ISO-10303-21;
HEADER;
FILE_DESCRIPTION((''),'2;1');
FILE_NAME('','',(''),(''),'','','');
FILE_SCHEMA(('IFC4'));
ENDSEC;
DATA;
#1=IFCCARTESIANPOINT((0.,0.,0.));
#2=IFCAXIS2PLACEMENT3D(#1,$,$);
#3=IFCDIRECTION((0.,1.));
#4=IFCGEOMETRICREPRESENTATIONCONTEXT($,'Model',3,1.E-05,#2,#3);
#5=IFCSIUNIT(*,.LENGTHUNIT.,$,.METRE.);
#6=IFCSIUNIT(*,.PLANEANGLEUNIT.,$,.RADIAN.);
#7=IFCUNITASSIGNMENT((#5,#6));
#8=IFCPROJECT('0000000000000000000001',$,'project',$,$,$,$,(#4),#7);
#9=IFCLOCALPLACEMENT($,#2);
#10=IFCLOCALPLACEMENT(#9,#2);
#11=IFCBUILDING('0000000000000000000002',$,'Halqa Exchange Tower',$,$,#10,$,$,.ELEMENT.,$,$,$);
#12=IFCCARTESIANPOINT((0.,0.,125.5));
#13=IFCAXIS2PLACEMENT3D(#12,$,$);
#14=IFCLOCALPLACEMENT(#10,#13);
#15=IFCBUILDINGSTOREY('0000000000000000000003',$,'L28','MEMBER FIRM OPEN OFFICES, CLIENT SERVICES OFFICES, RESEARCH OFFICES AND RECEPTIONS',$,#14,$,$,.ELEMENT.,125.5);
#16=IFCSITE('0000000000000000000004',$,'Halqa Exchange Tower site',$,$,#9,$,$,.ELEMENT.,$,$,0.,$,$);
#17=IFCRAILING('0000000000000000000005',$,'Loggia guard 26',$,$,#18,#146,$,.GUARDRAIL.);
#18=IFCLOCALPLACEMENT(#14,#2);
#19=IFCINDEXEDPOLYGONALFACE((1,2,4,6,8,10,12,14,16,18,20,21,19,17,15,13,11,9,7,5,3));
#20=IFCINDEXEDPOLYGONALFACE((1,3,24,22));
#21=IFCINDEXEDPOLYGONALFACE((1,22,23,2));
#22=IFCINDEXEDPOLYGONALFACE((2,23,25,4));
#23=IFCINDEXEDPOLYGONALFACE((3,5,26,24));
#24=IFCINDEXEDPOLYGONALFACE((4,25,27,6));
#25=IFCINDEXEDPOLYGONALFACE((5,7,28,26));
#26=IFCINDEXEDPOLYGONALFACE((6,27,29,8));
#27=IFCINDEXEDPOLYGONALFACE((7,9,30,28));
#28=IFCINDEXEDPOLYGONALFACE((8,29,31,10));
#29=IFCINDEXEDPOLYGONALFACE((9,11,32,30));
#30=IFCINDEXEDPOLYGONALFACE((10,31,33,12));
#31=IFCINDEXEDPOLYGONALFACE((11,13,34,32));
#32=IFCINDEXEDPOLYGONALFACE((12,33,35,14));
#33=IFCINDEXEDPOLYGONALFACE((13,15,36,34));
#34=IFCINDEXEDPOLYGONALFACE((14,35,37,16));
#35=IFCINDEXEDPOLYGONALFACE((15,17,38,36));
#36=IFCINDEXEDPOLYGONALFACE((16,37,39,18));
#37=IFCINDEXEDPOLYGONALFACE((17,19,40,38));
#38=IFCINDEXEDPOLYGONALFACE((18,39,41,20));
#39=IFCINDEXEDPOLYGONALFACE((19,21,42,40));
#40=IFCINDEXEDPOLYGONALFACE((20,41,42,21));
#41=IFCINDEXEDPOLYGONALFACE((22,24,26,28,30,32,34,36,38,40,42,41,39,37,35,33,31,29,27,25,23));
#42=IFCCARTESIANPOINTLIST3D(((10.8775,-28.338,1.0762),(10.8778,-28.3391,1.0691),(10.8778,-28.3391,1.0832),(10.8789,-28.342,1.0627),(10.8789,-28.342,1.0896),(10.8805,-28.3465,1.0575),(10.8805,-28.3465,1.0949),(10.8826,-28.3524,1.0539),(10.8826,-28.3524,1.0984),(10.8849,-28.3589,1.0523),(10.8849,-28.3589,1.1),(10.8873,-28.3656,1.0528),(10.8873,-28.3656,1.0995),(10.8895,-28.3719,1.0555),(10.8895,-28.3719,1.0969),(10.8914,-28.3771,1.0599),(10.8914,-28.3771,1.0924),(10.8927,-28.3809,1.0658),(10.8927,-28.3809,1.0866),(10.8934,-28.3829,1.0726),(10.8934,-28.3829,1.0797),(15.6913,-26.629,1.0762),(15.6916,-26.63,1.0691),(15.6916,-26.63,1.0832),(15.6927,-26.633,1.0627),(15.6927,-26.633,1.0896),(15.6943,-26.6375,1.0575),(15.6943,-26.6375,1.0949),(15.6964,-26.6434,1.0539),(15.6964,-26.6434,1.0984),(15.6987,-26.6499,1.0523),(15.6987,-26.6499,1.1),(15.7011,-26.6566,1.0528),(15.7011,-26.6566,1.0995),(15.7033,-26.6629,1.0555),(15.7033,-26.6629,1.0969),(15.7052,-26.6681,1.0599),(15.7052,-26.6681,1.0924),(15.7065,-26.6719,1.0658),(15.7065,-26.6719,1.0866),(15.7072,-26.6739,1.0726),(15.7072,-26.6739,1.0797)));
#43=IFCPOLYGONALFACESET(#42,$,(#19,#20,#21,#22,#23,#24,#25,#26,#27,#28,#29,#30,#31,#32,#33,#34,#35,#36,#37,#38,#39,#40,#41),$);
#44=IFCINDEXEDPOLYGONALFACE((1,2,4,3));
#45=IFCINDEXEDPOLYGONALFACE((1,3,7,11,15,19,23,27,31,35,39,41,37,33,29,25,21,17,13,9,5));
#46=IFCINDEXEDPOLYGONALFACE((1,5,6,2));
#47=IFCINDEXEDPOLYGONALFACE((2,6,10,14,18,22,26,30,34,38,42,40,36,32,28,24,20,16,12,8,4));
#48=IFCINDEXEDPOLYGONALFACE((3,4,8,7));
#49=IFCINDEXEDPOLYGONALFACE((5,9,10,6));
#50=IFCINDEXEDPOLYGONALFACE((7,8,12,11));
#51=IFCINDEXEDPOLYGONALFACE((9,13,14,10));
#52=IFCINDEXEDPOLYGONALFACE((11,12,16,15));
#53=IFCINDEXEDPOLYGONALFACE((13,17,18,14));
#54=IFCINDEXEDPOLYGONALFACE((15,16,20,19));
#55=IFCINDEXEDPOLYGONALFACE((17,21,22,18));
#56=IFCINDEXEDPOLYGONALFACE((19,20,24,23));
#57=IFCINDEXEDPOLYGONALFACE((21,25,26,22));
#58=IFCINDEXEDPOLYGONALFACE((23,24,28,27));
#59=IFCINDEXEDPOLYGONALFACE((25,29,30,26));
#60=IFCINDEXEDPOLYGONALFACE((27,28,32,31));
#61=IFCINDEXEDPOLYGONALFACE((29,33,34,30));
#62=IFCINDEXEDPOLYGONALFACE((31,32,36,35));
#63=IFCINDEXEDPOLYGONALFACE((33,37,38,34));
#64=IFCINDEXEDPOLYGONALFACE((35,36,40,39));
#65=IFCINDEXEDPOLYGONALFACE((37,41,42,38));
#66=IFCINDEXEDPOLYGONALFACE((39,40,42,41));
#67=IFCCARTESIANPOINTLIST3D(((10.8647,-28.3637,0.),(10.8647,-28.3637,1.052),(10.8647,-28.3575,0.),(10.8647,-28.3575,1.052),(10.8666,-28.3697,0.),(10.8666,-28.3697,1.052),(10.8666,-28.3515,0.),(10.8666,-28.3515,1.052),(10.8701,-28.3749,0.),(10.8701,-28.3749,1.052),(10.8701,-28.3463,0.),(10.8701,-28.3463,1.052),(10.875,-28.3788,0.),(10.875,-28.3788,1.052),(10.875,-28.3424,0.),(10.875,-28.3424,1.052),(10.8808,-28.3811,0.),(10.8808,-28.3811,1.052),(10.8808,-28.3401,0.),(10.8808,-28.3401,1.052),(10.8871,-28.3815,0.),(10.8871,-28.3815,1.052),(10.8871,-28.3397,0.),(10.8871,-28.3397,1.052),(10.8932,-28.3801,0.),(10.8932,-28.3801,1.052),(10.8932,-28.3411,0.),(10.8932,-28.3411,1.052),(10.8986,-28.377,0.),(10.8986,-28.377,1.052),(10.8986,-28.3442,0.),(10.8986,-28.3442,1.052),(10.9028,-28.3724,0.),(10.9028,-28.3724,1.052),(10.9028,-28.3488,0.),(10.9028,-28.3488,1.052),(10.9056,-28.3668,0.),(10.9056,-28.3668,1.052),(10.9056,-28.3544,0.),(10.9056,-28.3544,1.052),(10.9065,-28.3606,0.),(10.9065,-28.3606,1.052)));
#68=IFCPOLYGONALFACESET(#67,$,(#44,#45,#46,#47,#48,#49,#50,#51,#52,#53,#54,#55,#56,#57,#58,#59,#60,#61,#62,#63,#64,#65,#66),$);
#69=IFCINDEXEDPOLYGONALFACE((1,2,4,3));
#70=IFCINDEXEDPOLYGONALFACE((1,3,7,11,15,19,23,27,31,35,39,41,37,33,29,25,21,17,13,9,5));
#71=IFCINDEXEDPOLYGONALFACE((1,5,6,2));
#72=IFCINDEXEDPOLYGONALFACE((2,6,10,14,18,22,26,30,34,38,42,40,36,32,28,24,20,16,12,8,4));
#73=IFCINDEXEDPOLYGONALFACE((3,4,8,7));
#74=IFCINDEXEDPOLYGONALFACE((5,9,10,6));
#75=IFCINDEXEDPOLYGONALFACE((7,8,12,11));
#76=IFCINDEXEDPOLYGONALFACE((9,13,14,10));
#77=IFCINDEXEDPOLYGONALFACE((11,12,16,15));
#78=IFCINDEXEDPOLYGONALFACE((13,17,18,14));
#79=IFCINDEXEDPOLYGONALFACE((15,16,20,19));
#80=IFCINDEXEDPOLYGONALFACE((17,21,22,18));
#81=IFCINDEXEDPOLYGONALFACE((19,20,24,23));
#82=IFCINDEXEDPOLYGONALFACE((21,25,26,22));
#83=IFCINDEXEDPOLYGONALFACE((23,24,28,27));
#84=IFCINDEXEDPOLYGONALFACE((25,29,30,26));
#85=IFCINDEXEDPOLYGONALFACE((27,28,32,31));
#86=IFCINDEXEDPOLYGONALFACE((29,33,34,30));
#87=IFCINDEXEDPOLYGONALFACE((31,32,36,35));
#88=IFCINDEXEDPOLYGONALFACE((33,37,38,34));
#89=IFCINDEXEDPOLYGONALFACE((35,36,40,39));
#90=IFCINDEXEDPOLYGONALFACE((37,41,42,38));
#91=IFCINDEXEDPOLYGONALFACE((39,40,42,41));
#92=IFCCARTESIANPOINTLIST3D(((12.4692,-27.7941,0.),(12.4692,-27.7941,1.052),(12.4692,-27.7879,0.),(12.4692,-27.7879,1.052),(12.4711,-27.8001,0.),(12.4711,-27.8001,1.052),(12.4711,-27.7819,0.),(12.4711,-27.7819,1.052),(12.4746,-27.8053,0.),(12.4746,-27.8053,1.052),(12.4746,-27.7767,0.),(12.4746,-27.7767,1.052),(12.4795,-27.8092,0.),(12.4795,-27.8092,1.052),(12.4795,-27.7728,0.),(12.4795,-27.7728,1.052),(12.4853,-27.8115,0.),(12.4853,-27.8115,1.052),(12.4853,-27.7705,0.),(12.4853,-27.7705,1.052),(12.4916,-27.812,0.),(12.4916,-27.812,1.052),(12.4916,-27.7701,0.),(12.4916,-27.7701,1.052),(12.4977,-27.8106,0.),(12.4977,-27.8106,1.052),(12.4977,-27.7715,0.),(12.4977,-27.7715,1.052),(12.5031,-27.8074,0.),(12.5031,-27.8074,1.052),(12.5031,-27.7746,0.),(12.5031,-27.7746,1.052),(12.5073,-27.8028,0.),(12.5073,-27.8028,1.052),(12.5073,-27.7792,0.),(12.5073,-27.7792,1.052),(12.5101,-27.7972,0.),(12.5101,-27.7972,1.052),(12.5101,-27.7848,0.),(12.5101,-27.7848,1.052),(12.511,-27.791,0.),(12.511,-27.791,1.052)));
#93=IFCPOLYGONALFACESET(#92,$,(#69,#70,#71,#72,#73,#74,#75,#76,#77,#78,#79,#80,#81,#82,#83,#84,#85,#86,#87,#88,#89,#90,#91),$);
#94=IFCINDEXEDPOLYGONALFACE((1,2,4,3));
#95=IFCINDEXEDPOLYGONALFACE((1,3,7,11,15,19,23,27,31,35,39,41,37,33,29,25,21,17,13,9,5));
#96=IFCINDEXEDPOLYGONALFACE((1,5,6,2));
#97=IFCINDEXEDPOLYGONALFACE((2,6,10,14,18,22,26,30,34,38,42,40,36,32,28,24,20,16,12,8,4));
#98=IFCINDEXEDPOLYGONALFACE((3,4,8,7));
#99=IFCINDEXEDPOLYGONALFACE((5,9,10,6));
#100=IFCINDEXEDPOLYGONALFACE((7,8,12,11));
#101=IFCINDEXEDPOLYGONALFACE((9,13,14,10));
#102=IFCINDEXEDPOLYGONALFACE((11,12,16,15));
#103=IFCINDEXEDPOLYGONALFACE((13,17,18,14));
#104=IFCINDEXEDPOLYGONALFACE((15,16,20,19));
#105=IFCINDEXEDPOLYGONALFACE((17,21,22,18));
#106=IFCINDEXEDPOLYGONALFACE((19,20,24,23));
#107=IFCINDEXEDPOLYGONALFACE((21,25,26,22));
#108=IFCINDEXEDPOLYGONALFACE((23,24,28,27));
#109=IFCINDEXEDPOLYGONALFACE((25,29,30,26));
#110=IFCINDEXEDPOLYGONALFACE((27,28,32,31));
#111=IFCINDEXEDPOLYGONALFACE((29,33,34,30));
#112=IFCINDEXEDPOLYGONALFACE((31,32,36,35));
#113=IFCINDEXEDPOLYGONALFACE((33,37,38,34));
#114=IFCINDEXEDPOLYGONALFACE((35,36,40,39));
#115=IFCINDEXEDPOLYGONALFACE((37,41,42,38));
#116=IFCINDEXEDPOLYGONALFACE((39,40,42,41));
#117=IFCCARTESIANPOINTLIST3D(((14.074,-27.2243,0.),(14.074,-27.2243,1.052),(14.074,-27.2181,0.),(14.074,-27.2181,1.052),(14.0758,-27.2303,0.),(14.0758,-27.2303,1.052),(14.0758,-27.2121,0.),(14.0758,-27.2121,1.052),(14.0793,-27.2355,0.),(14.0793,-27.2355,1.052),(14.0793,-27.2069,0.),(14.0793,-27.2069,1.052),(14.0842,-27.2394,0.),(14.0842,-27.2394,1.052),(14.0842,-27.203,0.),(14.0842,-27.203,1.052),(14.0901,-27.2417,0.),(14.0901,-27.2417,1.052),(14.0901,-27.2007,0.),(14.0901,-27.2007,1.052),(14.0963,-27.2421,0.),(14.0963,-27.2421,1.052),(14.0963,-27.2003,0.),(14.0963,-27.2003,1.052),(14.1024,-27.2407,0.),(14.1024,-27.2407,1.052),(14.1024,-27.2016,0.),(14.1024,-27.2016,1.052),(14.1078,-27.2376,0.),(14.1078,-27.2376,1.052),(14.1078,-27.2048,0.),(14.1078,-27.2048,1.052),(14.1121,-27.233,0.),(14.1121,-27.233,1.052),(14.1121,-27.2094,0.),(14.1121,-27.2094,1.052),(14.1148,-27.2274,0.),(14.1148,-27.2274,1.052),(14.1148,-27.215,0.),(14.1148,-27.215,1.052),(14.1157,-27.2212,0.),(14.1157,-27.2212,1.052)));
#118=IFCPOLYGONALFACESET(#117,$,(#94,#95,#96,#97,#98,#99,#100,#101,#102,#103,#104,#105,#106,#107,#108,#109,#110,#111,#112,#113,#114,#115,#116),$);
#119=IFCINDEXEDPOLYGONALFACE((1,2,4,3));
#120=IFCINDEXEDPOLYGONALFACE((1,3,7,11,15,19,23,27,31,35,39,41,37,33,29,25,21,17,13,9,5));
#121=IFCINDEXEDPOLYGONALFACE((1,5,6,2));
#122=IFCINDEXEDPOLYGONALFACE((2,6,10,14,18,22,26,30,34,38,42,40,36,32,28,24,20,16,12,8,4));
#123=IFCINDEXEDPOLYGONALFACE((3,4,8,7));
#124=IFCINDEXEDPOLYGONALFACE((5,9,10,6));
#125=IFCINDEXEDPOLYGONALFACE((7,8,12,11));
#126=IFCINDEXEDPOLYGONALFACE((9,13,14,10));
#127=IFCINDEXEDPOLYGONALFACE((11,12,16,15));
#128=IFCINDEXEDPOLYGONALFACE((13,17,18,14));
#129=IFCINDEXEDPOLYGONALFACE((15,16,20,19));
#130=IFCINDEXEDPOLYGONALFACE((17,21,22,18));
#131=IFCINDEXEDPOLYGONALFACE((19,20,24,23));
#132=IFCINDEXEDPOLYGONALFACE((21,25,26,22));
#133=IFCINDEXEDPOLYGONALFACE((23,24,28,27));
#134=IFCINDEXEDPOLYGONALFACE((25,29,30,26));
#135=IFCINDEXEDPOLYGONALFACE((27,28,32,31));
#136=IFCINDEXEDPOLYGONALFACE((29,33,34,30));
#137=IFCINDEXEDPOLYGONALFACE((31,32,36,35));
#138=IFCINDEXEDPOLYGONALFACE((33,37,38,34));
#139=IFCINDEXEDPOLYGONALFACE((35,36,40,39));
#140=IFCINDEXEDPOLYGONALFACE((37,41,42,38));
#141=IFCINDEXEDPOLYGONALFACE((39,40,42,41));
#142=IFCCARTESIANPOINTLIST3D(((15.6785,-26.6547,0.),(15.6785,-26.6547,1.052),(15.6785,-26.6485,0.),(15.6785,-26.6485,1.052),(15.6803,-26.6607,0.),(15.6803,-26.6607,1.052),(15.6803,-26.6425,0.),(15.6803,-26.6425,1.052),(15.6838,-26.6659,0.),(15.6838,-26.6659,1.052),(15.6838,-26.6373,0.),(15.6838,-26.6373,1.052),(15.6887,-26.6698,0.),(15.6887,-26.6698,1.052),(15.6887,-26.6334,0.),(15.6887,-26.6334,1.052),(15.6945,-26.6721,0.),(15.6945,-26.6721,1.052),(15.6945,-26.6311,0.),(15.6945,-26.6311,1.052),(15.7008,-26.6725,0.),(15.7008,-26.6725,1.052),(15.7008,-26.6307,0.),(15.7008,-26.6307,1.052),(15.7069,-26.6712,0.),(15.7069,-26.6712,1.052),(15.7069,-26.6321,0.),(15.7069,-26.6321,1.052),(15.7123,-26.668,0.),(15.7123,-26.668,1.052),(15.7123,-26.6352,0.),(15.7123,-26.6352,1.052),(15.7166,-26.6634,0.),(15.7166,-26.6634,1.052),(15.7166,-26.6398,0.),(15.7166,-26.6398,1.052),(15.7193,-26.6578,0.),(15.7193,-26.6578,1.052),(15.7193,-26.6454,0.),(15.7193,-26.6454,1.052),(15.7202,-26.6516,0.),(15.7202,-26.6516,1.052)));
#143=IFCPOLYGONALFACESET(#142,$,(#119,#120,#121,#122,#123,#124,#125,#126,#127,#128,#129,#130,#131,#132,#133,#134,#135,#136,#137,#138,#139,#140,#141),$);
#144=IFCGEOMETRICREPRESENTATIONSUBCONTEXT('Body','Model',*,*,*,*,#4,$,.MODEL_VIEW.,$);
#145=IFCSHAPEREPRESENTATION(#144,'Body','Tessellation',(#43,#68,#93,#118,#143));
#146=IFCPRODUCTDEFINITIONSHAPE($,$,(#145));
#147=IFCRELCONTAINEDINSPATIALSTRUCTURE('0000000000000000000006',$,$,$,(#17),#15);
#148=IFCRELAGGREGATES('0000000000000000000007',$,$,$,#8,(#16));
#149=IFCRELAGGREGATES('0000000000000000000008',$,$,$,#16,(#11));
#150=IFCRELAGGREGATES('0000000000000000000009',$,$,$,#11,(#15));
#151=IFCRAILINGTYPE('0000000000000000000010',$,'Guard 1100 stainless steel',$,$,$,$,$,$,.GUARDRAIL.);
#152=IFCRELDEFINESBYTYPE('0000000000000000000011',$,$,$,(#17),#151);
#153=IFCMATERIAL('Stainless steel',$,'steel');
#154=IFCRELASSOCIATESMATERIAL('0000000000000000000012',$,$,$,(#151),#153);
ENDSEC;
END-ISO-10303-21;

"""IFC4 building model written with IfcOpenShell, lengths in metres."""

from ifc_helpers import new_model, si_unit, direction, frame, origin, origin_2d, place, context, subcontext, project, spatial, circle, extrude, material, type_object, element, save


model = new_model("IFC4")

# Units and contexts
model_context = context("Model", 3, precision=1e-05, world=origin(), true_north=direction((0.0, 1.0)))
body_context = subcontext(model_context, "Body", "Model", "MODEL_VIEW")
ifc_project = project(units=[si_unit("LENGTHUNIT", "METRE"), si_unit("PLANEANGLEUNIT", "RADIAN")], contexts=[model_context])

# Site, building, storey
site_placement = place(None, origin())
site = spatial("IfcSite", under=ifc_project, at=site_placement, Name="Halqa Exchange Tower site", CompositionType="ELEMENT", RefElevation=0.0)
building_placement = place(site_placement, origin())
building = spatial("IfcBuilding", under=site, at=building_placement, Name="Halqa Exchange Tower", CompositionType="ELEMENT")
storey_placement = place(building_placement, frame((0.0, 0.0, 125.5)))
storey = spatial("IfcBuildingStorey", under=building, at=storey_placement, Name="L28", Description="MEMBER FIRM OPEN OFFICES, CLIENT SERVICES OFFICES, RESEARCH OFFICES AND RECEPTIONS", CompositionType="ELEMENT", Elevation=125.5)

# Railing
ifc_material_1 = material(Name="Stainless steel", Category="steel")
railing_type = type_object("IfcRailingType", Name="Guard 1100 stainless steel", PredefinedType="GUARDRAIL", material=ifc_material_1)
railing_1_placement = place(storey_placement, frame((10.8855, -28.3606, 0.0)))
element("IfcRailing", 1, at=railing_1_placement, inside=storey, type_object=railing_type, Name="Loggia guard 26", PredefinedType="GUARDRAIL", context=body_context, shape_type="SweptSolid", body=[
    extrude(circle(Radius=0.0239, at=origin_2d()), frame((0.0, 0.0, 1.0762), z_axis=(0.942373, 0.334565, 0.0), x_axis=(-0.334565, 0.942373, 0.0)), (0.0, 0.0, 1.0), 5.1082),
    extrude(circle(Radius=0.021, at=origin_2d()), origin(), (0.0, 0.0, 1.0), 1.052),
    extrude(circle(Radius=0.021, at=origin_2d()), frame((1.6045, 0.5696, 0.0)), (0.0, 0.0, 1.0), 1.052),
    extrude(circle(Radius=0.021, at=origin_2d()), frame((3.2092, 1.1394, 0.0)), (0.0, 0.0, 1.0), 1.052),
    extrude(circle(Radius=0.021, at=origin_2d()), frame((4.8137, 1.709, 0.0)), (0.0, 0.0, 1.0), 1.052),
])

save(model, "model.ifc")
